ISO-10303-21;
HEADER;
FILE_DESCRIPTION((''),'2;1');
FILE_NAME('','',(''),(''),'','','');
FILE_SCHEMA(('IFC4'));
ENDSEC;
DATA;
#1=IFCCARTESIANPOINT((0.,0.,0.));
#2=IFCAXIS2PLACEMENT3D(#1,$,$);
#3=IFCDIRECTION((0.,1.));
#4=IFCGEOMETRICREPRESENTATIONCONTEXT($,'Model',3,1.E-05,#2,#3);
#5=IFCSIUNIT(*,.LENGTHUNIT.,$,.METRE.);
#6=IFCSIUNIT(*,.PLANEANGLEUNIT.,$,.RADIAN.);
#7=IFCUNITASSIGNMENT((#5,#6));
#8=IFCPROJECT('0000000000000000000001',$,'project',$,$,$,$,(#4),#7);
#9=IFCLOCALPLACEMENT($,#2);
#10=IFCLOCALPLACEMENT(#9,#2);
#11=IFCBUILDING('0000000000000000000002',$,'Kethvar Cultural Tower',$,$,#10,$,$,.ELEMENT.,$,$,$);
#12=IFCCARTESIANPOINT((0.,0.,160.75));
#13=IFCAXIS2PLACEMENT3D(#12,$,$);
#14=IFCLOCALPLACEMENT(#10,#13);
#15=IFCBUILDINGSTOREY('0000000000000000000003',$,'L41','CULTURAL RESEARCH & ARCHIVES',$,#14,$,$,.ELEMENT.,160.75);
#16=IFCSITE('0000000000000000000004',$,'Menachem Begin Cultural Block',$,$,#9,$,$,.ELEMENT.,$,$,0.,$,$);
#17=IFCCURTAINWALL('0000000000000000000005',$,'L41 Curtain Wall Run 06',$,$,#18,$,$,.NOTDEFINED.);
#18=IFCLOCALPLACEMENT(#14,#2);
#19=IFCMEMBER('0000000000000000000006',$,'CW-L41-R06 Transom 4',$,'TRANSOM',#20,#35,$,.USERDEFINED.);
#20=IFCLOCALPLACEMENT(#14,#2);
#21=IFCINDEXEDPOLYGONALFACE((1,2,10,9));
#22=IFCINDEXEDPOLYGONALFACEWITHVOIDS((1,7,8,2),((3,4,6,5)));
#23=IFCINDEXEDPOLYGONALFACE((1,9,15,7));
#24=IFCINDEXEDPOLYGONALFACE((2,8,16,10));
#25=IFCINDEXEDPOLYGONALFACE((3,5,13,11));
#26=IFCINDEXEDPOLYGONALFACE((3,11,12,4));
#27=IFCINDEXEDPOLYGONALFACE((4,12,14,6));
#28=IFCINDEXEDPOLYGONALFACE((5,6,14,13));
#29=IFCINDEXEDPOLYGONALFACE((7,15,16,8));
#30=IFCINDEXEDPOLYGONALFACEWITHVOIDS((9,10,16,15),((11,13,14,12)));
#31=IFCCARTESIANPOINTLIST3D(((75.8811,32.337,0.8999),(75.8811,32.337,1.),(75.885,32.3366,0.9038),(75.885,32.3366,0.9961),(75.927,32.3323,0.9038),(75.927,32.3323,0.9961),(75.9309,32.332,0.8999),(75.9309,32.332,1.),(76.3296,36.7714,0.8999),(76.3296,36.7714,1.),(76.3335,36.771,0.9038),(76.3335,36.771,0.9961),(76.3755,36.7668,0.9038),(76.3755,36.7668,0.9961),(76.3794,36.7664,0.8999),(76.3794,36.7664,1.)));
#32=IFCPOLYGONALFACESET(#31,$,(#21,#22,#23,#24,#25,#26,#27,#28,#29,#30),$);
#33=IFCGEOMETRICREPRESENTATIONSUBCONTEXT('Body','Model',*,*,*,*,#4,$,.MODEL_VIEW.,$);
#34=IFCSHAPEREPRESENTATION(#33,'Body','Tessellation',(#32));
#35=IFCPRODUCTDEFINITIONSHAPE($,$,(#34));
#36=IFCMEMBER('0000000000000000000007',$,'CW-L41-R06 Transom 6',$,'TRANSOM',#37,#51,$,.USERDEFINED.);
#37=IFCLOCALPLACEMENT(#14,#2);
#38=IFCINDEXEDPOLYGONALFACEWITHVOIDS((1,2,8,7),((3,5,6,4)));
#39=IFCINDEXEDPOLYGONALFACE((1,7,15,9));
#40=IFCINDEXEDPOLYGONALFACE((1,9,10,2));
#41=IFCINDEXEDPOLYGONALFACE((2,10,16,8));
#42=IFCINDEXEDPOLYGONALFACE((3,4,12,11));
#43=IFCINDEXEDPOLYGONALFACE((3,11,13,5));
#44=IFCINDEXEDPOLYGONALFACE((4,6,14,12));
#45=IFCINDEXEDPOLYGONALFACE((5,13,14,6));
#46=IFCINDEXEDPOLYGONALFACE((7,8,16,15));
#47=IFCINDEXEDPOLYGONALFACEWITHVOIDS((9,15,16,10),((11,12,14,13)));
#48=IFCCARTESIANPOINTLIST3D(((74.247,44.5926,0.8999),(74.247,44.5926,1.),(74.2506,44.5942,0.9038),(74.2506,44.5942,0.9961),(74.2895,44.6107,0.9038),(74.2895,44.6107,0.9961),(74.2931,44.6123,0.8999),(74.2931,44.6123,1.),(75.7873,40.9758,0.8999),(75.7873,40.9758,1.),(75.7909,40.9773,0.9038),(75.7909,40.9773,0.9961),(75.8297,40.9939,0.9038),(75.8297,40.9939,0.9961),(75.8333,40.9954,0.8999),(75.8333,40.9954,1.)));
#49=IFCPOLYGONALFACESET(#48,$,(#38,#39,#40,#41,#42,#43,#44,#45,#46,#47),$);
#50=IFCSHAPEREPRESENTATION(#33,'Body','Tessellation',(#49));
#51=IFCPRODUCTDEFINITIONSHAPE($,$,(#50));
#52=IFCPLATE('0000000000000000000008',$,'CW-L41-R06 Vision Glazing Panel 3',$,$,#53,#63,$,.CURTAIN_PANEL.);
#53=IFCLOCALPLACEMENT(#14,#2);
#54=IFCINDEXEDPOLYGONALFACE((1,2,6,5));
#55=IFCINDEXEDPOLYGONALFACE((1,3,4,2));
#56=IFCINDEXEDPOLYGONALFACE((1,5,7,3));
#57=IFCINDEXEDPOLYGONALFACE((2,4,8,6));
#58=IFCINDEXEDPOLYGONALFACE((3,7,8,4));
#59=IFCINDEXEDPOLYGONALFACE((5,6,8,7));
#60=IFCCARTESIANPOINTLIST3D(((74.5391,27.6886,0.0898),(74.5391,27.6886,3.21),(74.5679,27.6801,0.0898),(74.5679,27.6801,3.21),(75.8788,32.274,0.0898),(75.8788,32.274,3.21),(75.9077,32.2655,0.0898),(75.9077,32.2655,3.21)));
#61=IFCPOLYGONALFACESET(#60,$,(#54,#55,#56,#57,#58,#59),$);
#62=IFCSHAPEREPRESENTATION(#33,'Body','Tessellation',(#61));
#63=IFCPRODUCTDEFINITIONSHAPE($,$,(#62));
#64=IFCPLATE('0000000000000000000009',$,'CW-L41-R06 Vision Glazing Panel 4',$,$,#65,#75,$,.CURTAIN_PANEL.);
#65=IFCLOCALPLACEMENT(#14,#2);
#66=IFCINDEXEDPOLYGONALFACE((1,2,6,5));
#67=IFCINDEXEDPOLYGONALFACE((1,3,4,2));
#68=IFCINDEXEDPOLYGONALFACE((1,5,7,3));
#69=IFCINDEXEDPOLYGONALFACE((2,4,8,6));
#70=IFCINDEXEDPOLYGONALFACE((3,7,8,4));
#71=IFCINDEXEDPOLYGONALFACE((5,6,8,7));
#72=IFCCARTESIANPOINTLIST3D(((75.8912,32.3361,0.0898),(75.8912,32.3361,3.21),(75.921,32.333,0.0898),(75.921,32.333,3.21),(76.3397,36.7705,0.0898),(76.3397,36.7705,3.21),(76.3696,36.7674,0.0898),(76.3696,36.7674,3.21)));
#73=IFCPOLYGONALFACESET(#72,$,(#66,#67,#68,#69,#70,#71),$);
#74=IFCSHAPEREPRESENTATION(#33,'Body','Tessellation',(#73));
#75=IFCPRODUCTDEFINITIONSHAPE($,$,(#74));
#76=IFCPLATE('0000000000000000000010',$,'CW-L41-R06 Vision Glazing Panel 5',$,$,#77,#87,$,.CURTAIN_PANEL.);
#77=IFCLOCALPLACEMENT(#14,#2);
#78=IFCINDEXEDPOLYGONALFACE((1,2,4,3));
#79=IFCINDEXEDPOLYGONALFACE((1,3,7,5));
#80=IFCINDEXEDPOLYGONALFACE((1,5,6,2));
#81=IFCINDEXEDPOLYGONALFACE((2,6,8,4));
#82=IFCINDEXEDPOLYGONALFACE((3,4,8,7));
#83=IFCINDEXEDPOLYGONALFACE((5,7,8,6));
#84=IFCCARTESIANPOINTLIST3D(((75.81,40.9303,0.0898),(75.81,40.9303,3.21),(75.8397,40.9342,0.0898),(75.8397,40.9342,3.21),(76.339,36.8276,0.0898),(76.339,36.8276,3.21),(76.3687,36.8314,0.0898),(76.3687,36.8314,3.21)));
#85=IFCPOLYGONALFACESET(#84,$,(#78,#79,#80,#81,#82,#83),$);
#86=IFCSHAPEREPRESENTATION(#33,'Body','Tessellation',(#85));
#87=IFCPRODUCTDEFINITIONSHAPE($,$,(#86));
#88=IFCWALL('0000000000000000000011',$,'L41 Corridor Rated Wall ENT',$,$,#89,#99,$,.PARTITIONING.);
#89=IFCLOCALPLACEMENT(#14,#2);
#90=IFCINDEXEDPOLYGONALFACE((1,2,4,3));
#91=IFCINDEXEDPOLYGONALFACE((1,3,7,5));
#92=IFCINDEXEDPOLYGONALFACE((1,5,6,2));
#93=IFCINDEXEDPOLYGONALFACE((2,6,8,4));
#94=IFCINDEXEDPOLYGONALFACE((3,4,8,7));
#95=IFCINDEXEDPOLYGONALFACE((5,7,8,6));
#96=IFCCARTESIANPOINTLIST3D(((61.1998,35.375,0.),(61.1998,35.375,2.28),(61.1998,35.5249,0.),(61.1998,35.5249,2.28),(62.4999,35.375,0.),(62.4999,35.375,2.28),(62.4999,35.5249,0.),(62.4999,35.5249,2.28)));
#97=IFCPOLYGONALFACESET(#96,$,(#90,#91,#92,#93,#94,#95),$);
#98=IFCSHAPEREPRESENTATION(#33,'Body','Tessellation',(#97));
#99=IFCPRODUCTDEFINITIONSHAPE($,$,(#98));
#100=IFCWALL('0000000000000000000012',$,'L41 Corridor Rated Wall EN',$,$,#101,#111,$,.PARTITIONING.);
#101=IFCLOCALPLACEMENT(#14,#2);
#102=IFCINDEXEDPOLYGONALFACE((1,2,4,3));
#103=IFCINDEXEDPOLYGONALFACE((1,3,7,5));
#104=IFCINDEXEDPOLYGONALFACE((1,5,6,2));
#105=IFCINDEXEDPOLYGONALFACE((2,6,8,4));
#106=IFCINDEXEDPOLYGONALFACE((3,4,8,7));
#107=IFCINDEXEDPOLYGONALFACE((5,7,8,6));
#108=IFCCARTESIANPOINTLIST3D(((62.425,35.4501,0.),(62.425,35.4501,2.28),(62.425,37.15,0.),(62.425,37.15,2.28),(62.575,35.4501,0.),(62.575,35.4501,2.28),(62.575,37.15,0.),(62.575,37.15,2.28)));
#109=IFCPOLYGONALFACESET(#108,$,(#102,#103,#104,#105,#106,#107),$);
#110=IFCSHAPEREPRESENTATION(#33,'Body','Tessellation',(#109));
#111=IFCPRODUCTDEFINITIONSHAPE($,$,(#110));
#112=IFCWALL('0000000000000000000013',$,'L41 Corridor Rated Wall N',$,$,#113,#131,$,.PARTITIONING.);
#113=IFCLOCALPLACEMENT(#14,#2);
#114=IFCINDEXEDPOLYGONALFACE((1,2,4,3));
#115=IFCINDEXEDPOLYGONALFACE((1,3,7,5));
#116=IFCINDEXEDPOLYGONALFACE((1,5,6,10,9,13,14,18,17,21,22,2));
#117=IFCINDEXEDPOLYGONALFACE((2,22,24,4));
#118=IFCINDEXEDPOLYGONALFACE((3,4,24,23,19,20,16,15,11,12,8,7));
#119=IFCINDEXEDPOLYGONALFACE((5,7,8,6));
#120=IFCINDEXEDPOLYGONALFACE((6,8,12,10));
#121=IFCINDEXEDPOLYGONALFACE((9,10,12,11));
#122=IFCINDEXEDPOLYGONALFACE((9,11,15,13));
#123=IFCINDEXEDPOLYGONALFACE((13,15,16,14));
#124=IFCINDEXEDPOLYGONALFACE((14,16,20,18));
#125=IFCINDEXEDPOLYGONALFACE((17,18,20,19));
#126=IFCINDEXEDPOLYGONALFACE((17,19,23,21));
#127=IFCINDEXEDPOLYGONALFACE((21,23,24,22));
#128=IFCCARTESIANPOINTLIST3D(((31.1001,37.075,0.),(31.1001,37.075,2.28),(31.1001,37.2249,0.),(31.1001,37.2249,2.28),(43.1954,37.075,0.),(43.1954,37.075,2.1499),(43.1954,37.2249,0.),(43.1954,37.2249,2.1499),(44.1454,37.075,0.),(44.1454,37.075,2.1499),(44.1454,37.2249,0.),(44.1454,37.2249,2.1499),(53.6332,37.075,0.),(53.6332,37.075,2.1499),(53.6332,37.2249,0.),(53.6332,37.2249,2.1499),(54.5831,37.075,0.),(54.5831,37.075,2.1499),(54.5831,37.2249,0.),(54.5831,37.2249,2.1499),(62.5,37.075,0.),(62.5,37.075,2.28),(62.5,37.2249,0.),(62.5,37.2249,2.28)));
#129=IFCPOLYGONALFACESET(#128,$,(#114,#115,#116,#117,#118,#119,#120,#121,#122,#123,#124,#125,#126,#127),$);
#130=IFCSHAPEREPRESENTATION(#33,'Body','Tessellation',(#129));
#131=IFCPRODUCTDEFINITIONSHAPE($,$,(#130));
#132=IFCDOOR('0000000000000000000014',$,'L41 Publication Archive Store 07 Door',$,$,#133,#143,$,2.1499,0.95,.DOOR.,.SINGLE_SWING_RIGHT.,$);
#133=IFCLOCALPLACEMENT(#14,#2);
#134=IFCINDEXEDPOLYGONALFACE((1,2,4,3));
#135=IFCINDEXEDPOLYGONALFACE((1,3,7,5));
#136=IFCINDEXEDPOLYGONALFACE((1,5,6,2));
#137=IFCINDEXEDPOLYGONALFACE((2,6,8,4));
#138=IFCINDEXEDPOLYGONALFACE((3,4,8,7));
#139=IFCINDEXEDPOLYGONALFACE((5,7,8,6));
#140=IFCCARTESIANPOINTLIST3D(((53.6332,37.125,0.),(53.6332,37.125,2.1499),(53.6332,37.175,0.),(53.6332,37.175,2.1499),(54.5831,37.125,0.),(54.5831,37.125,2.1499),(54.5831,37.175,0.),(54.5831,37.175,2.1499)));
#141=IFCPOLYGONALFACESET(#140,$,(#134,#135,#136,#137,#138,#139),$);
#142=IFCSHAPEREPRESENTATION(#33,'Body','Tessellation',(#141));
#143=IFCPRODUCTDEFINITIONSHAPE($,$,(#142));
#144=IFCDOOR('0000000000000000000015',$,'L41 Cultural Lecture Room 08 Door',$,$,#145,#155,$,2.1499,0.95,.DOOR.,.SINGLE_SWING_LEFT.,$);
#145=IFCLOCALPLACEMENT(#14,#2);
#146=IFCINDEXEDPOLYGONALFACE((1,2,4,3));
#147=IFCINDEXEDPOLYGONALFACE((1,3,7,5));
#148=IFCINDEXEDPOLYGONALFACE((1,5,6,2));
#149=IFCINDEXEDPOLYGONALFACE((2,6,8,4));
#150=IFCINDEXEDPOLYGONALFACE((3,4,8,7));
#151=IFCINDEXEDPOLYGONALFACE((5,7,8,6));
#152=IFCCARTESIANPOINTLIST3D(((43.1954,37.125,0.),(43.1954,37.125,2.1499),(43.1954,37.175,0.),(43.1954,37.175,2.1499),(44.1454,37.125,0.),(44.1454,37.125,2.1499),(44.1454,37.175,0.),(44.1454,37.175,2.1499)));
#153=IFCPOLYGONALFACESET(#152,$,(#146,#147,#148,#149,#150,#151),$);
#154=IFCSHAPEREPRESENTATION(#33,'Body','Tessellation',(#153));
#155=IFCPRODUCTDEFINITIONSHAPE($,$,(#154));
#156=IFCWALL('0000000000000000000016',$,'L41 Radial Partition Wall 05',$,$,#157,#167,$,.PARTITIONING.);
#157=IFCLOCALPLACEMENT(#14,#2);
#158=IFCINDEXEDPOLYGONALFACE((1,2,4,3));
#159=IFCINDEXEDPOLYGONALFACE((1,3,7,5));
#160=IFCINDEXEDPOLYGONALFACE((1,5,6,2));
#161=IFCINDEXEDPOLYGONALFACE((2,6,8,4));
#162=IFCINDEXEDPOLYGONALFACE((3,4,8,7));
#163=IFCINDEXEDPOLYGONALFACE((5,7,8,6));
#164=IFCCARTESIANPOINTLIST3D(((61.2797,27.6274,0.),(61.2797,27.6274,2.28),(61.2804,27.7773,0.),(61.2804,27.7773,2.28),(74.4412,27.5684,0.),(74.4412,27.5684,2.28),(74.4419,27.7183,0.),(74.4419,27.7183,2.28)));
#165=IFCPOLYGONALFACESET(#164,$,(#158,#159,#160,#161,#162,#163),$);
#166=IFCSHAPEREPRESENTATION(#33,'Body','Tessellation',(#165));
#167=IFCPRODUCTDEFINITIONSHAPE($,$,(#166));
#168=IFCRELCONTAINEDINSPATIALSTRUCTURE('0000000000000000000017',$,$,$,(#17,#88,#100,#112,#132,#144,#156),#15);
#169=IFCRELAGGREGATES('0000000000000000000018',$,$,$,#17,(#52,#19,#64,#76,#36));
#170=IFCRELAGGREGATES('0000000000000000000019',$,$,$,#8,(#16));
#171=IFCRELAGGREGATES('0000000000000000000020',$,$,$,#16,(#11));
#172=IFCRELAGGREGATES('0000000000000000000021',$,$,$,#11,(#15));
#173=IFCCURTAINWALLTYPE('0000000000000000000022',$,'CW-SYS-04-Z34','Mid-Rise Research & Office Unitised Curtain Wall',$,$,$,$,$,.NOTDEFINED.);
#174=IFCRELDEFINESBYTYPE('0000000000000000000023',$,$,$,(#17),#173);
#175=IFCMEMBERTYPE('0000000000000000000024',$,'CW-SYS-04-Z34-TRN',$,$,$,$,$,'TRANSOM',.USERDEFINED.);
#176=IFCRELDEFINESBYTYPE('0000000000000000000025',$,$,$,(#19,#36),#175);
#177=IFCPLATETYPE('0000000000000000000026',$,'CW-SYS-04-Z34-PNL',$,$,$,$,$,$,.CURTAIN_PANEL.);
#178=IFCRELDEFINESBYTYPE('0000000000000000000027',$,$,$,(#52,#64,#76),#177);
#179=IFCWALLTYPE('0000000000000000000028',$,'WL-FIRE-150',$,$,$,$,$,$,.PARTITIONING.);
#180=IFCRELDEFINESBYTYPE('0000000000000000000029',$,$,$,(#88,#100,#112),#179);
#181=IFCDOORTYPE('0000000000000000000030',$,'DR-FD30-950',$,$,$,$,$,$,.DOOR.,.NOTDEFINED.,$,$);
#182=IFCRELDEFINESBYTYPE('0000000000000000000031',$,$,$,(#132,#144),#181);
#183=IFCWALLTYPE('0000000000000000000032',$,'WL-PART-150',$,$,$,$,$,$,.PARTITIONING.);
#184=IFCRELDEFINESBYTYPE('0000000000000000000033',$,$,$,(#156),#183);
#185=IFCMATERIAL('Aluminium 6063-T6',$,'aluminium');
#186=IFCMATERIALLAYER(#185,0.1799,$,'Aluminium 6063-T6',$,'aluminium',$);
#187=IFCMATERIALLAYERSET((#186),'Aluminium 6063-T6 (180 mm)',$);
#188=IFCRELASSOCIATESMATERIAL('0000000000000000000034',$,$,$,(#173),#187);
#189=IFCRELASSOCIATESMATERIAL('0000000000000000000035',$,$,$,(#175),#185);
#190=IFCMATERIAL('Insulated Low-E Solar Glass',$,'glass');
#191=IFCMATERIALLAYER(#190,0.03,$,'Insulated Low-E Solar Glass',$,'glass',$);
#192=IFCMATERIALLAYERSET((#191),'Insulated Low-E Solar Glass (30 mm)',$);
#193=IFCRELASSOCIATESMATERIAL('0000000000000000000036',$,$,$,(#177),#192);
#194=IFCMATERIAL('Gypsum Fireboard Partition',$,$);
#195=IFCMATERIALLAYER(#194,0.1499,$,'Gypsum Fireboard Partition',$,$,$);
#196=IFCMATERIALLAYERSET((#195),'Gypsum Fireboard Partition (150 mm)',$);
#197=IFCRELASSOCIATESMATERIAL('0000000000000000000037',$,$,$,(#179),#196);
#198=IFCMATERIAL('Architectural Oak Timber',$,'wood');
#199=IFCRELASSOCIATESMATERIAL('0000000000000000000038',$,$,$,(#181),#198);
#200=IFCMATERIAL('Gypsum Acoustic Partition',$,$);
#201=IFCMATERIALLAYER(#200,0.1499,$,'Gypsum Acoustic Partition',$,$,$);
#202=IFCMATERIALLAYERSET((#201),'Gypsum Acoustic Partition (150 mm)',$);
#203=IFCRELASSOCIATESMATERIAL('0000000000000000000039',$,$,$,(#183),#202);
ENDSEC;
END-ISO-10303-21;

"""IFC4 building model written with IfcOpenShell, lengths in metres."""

from ifc_helpers import new_model, si_unit, direction, frame, frame_2d, origin, origin_2d, place, context, subcontext, project, spatial, rectangle, hollow_rectangle, extrude, source, transform, mapped, material, layer, layer_set, material_profile, profile_set, type_object, element, fill, aggregate, save


model = new_model("IFC4")

# Units and contexts
model_context = context("Model", 3, precision=1e-05, world=origin(), true_north=direction((0.0, 1.0)))
body_context = subcontext(model_context, "Body", "Model", "MODEL_VIEW")
ifc_project = project(units=[si_unit("LENGTHUNIT", "METRE"), si_unit("PLANEANGLEUNIT", "RADIAN")], contexts=[model_context])

# Site, building, storey
site_placement = place(None, origin())
site = spatial("IfcSite", under=ifc_project, at=site_placement, Name="Menachem Begin Cultural Block", CompositionType="ELEMENT", RefElevation=0.0)
building_placement = place(site_placement, origin())
building = spatial("IfcBuilding", under=site, at=building_placement, Name="Kethvar Cultural Tower", CompositionType="ELEMENT")
storey_placement = place(building_placement, frame((0.0, 0.0, 160.75)))
storey = spatial("IfcBuildingStorey", under=building, at=storey_placement, Name="L41", Description="CULTURAL RESEARCH & ARCHIVES", CompositionType="ELEMENT", Elevation=160.75)

# Curtain wall, members, plates
ifc_material_1 = material(Name="Aluminium 6063-T6", Category="aluminium")
ifc_layer_1 = layer(ifc_material_1, 0.1799, Name="Aluminium 6063-T6", Category="aluminium")
ifc_layer_set_1 = layer_set([ifc_layer_1], Name="Aluminium 6063-T6 (180 mm)")
curtain_wall_type = type_object("IfcCurtainWallType", Name="CW-SYS-04-Z34", Description="Mid-Rise Research & Office Unitised Curtain Wall", PredefinedType="NOTDEFINED", material=ifc_layer_set_1)
curtain_wall_placement = place(storey_placement, origin())
curtain_wall = element("IfcCurtainWall", 1, at=curtain_wall_placement, inside=storey, type_object=curtain_wall_type, Name="L41 Curtain Wall Run 06", PredefinedType="NOTDEFINED")
ifc_material_profile_1 = material_profile(ifc_material_1, hollow_rectangle(XDim=0.05, YDim=0.1001, WallThickness=0.0039, at=origin_2d()), Name="Aluminium 6063-T6 — RHS100x50x4")
ifc_profile_set_1 = profile_set([ifc_material_profile_1], Name="Aluminium 6063-T6 — RHS100x50x4")
member_type_1 = type_object("IfcMemberType", Name="CW-SYS-04-Z34-TRN", ElementType="TRANSOM", PredefinedType="USERDEFINED", material=ifc_profile_set_1)
shared_shape_1 = source(origin(), body_context, "Body", "SweptSolid", [
    extrude(hollow_rectangle(XDim=0.05, YDim=0.1001, WallThickness=0.0039, at=origin_2d()), origin(), (0.0, 0.0, 1.0), 4.457),
])
member_1_placement = place(storey_placement, frame((75.906, 32.3345, 0.95), z_axis=(0.100626, 0.994924, 0.0), x_axis=(-0.994924, 0.100626, 0.0)))
member_1 = element("IfcMember", 2, at=member_1_placement, type_object=member_type_1, Name="CW-L41-R06 Transom 4", ObjectType="TRANSOM", PredefinedType="USERDEFINED", context=body_context, shape_type="MappedRepresentation", body=[
    mapped(shared_shape_1, transform((0.0, 0.0, 0.0), scale=1.0)),
])
shared_shape_2 = source(origin(), body_context, "Body", "SweptSolid", [
    extrude(hollow_rectangle(XDim=0.05, YDim=0.1001, WallThickness=0.0039, at=origin_2d()), origin(), (0.0, 0.0, 1.0), 3.9312),
])
member_2_placement = place(storey_placement, frame((75.8103, 40.9856, 0.95), z_axis=(-0.391805, 0.920048, 0.0), x_axis=(-0.920048, -0.391805, 0.0)))
member_2 = element("IfcMember", 3, at=member_2_placement, type_object=member_type_1, Name="CW-L41-R06 Transom 6", ObjectType="TRANSOM", PredefinedType="USERDEFINED", context=body_context, shape_type="MappedRepresentation", body=[
    mapped(shared_shape_2, transform((0.0, 0.0, 0.0), scale=1.0)),
])
ifc_material_2 = material(Name="Insulated Low-E Solar Glass", Category="glass")
ifc_layer_2 = layer(ifc_material_2, 0.03, Name="Insulated Low-E Solar Glass", Category="glass")
ifc_layer_set_2 = layer_set([ifc_layer_2], Name="Insulated Low-E Solar Glass (30 mm)")
plate_type = type_object("IfcPlateType", Name="CW-SYS-04-Z34-PNL", PredefinedType="CURTAIN_PANEL", material=ifc_layer_set_2)
shared_shape_3 = source(origin(), body_context, "Body", "SweptSolid", [
    extrude(rectangle(XDim=4.7771, YDim=0.03, at=origin_2d()), origin(), (0.0, 0.0, 1.0), 3.1201),
])
plate_1_placement = place(storey_placement, frame((75.2234, 29.9771, 0.0898), z_axis=(0.0, 0.0, 1.0), x_axis=(0.280449, 0.959869, 0.0)))
plate_1 = element("IfcPlate", 4, at=plate_1_placement, type_object=plate_type, Name="CW-L41-R06 Vision Glazing Panel 3", PredefinedType="CURTAIN_PANEL", context=body_context, shape_type="MappedRepresentation", body=[
    mapped(shared_shape_3, transform((0.0, 0.0, 0.0), scale=1.0)),
])
shared_shape_4 = source(origin(), body_context, "Body", "SweptSolid", [
    extrude(rectangle(XDim=4.457, YDim=0.03, at=origin_2d()), origin(), (0.0, 0.0, 1.0), 3.1201),
])
plate_2_placement = place(storey_placement, frame((76.1304, 34.5518, 0.0898), z_axis=(0.0, 0.0, 1.0), x_axis=(0.10064, 0.994923, 0.0)))
plate_2 = element("IfcPlate", 5, at=plate_2_placement, type_object=plate_type, Name="CW-L41-R06 Vision Glazing Panel 4", PredefinedType="CURTAIN_PANEL", context=body_context, shape_type="MappedRepresentation", body=[
    mapped(shared_shape_4, transform((0.0, 0.0, 0.0), scale=1.0)),
])
shared_shape_5 = source(origin(), body_context, "Body", "SweptSolid", [
    extrude(rectangle(XDim=4.1367, YDim=0.03, at=origin_2d()), origin(), (0.0, 0.0, 1.0), 3.1201),
])
plate_3_placement = place(storey_placement, frame((76.0894, 38.8809, 0.0898), z_axis=(0.0, 0.0, 1.0), x_axis=(-0.127878, 0.99179, 0.0)))
plate_3 = element("IfcPlate", 6, at=plate_3_placement, type_object=plate_type, Name="CW-L41-R06 Vision Glazing Panel 5", PredefinedType="CURTAIN_PANEL", context=body_context, shape_type="MappedRepresentation", body=[
    mapped(shared_shape_5, transform((0.0, 0.0, 0.0), scale=1.0)),
])
aggregate(curtain_wall, [plate_1, member_1, plate_2, plate_3, member_2])

# Walls
ifc_material_3 = material(Name="Gypsum Fireboard Partition")
ifc_layer_3 = layer(ifc_material_3, 0.1499, Name="Gypsum Fireboard Partition")
ifc_layer_set_3 = layer_set([ifc_layer_3], Name="Gypsum Fireboard Partition (150 mm)")
wall_type_1 = type_object("IfcWallType", Name="WL-FIRE-150", PredefinedType="PARTITIONING", material=ifc_layer_set_3)
wall_1_placement = place(storey_placement, frame((61.2, 35.45, 0.0), z_axis=(0.0, 0.0, 1.0), x_axis=(1.0, 0.0, 0.0)))
element("IfcWall", 7, at=wall_1_placement, inside=storey, type_object=wall_type_1, Name="L41 Corridor Rated Wall ENT", PredefinedType="PARTITIONING", context=body_context, shape_type="SweptSolid", body=[
    extrude(rectangle(XDim=1.3, YDim=0.1499, at=frame_2d((0.6499, 0.0))), origin(), (0.0, 0.0, 1.0), 2.28),
])
wall_2_placement = place(storey_placement, frame((62.5, 35.45, 0.0), z_axis=(0.0, 0.0, 1.0), x_axis=(0.0, 1.0, 0.0)))
element("IfcWall", 8, at=wall_2_placement, inside=storey, type_object=wall_type_1, Name="L41 Corridor Rated Wall EN", PredefinedType="PARTITIONING", context=body_context, shape_type="SweptSolid", body=[
    extrude(rectangle(XDim=1.7, YDim=0.1499, at=frame_2d((0.8501, 0.0))), origin(), (0.0, 0.0, 1.0), 2.28),
])

# Wall, openings, doors
wall_3_placement = place(storey_placement, frame((62.5, 37.1499, 0.0), z_axis=(0.0, 0.0, 1.0), x_axis=(-1.0, 0.0, 0.0)))
wall_3 = element("IfcWall", 9, at=wall_3_placement, inside=storey, type_object=wall_type_1, Name="L41 Corridor Rated Wall N", PredefinedType="PARTITIONING", context=body_context, shape_type="SweptSolid", body=[
    extrude(rectangle(XDim=31.3999, YDim=0.1499, at=frame_2d((15.7, 0.0))), origin(), (0.0, 0.0, 1.0), 2.28),
])
opening_1_placement = place(wall_3_placement, frame((7.9167, 0.0, 0.0)))
opening_1 = element("IfcOpeningElement", 10, at=opening_1_placement, cuts=wall_3, PredefinedType="OPENING", context=body_context, shape_type="SweptSolid", body=[
    extrude(rectangle(XDim=0.95, YDim=2.1499, at=frame_2d((0.4751, 1.075))), frame((0.0, 0.085, 0.0), z_axis=(0.0, -1.0, 0.0), x_axis=(1.0, 0.0, 0.0)), (0.0, 0.0, 1.0), 0.1699),
])
opening_2_placement = place(wall_3_placement, frame((18.3545, 0.0, 0.0)))
opening_2 = element("IfcOpeningElement", 11, at=opening_2_placement, cuts=wall_3, PredefinedType="OPENING", context=body_context, shape_type="SweptSolid", body=[
    extrude(rectangle(XDim=0.95, YDim=2.1499, at=frame_2d((0.4751, 1.075))), frame((0.0, 0.085, 0.0), z_axis=(0.0, -1.0, 0.0), x_axis=(1.0, 0.0, 0.0)), (0.0, 0.0, 1.0), 0.1699),
])
ifc_material_4 = material(Name="Architectural Oak Timber", Category="wood")
door_type = type_object("IfcDoorType", Name="DR-FD30-950", OperationType="NOTDEFINED", PredefinedType="DOOR", material=ifc_material_4)
shared_shape_6 = source(origin(), body_context, "Body", "SweptSolid", [
    extrude(rectangle(XDim=0.95, YDim=2.1499, at=frame_2d((0.4751, 1.075))), frame((0.0, 0.0249, 0.0), z_axis=(0.0, -1.0, 0.0), x_axis=(1.0, 0.0, 0.0)), (0.0, 0.0, 1.0), 0.05),
])
door_1_placement = place(opening_1_placement, origin())
door_1 = element("IfcDoor", 12, at=door_1_placement, inside=storey, type_object=door_type, Name="L41 Publication Archive Store 07 Door", OperationType="SINGLE_SWING_RIGHT", OverallHeight=2.1499, OverallWidth=0.95, PredefinedType="DOOR", context=body_context, shape_type="MappedRepresentation", body=[
    mapped(shared_shape_6, transform((0.0, 0.0, 0.0), scale=1.0)),
])
fill(opening_1, door_1)
door_2_placement = place(opening_2_placement, origin())
door_2 = element("IfcDoor", 13, at=door_2_placement, inside=storey, type_object=door_type, Name="L41 Cultural Lecture Room 08 Door", OperationType="SINGLE_SWING_LEFT", OverallHeight=2.1499, OverallWidth=0.95, PredefinedType="DOOR", context=body_context, shape_type="MappedRepresentation", body=[
    mapped(shared_shape_6, transform((0.0, 0.0, 0.0), scale=1.0)),
])
fill(opening_2, door_2)

# Wall
ifc_material_5 = material(Name="Gypsum Acoustic Partition")
ifc_layer_4 = layer(ifc_material_5, 0.1499, Name="Gypsum Acoustic Partition")
ifc_layer_set_4 = layer_set([ifc_layer_4], Name="Gypsum Acoustic Partition (150 mm)")
wall_type_2 = type_object("IfcWallType", Name="WL-PART-150", PredefinedType="PARTITIONING", material=ifc_layer_set_4)
wall_4_placement = place(storey_placement, frame((61.28, 27.7024, 0.0), z_axis=(0.0, 0.0, 1.0), x_axis=(0.99999, -0.004489, 0.0)))
element("IfcWall", 14, at=wall_4_placement, inside=storey, type_object=wall_type_2, Name="L41 Radial Partition Wall 05", PredefinedType="PARTITIONING", context=body_context, shape_type="SweptSolid", body=[
    extrude(rectangle(XDim=13.1616, YDim=0.1499, at=frame_2d((6.5808, 0.0))), origin(), (0.0, 0.0, 1.0), 2.28),
])

save(model, "model.ifc")
